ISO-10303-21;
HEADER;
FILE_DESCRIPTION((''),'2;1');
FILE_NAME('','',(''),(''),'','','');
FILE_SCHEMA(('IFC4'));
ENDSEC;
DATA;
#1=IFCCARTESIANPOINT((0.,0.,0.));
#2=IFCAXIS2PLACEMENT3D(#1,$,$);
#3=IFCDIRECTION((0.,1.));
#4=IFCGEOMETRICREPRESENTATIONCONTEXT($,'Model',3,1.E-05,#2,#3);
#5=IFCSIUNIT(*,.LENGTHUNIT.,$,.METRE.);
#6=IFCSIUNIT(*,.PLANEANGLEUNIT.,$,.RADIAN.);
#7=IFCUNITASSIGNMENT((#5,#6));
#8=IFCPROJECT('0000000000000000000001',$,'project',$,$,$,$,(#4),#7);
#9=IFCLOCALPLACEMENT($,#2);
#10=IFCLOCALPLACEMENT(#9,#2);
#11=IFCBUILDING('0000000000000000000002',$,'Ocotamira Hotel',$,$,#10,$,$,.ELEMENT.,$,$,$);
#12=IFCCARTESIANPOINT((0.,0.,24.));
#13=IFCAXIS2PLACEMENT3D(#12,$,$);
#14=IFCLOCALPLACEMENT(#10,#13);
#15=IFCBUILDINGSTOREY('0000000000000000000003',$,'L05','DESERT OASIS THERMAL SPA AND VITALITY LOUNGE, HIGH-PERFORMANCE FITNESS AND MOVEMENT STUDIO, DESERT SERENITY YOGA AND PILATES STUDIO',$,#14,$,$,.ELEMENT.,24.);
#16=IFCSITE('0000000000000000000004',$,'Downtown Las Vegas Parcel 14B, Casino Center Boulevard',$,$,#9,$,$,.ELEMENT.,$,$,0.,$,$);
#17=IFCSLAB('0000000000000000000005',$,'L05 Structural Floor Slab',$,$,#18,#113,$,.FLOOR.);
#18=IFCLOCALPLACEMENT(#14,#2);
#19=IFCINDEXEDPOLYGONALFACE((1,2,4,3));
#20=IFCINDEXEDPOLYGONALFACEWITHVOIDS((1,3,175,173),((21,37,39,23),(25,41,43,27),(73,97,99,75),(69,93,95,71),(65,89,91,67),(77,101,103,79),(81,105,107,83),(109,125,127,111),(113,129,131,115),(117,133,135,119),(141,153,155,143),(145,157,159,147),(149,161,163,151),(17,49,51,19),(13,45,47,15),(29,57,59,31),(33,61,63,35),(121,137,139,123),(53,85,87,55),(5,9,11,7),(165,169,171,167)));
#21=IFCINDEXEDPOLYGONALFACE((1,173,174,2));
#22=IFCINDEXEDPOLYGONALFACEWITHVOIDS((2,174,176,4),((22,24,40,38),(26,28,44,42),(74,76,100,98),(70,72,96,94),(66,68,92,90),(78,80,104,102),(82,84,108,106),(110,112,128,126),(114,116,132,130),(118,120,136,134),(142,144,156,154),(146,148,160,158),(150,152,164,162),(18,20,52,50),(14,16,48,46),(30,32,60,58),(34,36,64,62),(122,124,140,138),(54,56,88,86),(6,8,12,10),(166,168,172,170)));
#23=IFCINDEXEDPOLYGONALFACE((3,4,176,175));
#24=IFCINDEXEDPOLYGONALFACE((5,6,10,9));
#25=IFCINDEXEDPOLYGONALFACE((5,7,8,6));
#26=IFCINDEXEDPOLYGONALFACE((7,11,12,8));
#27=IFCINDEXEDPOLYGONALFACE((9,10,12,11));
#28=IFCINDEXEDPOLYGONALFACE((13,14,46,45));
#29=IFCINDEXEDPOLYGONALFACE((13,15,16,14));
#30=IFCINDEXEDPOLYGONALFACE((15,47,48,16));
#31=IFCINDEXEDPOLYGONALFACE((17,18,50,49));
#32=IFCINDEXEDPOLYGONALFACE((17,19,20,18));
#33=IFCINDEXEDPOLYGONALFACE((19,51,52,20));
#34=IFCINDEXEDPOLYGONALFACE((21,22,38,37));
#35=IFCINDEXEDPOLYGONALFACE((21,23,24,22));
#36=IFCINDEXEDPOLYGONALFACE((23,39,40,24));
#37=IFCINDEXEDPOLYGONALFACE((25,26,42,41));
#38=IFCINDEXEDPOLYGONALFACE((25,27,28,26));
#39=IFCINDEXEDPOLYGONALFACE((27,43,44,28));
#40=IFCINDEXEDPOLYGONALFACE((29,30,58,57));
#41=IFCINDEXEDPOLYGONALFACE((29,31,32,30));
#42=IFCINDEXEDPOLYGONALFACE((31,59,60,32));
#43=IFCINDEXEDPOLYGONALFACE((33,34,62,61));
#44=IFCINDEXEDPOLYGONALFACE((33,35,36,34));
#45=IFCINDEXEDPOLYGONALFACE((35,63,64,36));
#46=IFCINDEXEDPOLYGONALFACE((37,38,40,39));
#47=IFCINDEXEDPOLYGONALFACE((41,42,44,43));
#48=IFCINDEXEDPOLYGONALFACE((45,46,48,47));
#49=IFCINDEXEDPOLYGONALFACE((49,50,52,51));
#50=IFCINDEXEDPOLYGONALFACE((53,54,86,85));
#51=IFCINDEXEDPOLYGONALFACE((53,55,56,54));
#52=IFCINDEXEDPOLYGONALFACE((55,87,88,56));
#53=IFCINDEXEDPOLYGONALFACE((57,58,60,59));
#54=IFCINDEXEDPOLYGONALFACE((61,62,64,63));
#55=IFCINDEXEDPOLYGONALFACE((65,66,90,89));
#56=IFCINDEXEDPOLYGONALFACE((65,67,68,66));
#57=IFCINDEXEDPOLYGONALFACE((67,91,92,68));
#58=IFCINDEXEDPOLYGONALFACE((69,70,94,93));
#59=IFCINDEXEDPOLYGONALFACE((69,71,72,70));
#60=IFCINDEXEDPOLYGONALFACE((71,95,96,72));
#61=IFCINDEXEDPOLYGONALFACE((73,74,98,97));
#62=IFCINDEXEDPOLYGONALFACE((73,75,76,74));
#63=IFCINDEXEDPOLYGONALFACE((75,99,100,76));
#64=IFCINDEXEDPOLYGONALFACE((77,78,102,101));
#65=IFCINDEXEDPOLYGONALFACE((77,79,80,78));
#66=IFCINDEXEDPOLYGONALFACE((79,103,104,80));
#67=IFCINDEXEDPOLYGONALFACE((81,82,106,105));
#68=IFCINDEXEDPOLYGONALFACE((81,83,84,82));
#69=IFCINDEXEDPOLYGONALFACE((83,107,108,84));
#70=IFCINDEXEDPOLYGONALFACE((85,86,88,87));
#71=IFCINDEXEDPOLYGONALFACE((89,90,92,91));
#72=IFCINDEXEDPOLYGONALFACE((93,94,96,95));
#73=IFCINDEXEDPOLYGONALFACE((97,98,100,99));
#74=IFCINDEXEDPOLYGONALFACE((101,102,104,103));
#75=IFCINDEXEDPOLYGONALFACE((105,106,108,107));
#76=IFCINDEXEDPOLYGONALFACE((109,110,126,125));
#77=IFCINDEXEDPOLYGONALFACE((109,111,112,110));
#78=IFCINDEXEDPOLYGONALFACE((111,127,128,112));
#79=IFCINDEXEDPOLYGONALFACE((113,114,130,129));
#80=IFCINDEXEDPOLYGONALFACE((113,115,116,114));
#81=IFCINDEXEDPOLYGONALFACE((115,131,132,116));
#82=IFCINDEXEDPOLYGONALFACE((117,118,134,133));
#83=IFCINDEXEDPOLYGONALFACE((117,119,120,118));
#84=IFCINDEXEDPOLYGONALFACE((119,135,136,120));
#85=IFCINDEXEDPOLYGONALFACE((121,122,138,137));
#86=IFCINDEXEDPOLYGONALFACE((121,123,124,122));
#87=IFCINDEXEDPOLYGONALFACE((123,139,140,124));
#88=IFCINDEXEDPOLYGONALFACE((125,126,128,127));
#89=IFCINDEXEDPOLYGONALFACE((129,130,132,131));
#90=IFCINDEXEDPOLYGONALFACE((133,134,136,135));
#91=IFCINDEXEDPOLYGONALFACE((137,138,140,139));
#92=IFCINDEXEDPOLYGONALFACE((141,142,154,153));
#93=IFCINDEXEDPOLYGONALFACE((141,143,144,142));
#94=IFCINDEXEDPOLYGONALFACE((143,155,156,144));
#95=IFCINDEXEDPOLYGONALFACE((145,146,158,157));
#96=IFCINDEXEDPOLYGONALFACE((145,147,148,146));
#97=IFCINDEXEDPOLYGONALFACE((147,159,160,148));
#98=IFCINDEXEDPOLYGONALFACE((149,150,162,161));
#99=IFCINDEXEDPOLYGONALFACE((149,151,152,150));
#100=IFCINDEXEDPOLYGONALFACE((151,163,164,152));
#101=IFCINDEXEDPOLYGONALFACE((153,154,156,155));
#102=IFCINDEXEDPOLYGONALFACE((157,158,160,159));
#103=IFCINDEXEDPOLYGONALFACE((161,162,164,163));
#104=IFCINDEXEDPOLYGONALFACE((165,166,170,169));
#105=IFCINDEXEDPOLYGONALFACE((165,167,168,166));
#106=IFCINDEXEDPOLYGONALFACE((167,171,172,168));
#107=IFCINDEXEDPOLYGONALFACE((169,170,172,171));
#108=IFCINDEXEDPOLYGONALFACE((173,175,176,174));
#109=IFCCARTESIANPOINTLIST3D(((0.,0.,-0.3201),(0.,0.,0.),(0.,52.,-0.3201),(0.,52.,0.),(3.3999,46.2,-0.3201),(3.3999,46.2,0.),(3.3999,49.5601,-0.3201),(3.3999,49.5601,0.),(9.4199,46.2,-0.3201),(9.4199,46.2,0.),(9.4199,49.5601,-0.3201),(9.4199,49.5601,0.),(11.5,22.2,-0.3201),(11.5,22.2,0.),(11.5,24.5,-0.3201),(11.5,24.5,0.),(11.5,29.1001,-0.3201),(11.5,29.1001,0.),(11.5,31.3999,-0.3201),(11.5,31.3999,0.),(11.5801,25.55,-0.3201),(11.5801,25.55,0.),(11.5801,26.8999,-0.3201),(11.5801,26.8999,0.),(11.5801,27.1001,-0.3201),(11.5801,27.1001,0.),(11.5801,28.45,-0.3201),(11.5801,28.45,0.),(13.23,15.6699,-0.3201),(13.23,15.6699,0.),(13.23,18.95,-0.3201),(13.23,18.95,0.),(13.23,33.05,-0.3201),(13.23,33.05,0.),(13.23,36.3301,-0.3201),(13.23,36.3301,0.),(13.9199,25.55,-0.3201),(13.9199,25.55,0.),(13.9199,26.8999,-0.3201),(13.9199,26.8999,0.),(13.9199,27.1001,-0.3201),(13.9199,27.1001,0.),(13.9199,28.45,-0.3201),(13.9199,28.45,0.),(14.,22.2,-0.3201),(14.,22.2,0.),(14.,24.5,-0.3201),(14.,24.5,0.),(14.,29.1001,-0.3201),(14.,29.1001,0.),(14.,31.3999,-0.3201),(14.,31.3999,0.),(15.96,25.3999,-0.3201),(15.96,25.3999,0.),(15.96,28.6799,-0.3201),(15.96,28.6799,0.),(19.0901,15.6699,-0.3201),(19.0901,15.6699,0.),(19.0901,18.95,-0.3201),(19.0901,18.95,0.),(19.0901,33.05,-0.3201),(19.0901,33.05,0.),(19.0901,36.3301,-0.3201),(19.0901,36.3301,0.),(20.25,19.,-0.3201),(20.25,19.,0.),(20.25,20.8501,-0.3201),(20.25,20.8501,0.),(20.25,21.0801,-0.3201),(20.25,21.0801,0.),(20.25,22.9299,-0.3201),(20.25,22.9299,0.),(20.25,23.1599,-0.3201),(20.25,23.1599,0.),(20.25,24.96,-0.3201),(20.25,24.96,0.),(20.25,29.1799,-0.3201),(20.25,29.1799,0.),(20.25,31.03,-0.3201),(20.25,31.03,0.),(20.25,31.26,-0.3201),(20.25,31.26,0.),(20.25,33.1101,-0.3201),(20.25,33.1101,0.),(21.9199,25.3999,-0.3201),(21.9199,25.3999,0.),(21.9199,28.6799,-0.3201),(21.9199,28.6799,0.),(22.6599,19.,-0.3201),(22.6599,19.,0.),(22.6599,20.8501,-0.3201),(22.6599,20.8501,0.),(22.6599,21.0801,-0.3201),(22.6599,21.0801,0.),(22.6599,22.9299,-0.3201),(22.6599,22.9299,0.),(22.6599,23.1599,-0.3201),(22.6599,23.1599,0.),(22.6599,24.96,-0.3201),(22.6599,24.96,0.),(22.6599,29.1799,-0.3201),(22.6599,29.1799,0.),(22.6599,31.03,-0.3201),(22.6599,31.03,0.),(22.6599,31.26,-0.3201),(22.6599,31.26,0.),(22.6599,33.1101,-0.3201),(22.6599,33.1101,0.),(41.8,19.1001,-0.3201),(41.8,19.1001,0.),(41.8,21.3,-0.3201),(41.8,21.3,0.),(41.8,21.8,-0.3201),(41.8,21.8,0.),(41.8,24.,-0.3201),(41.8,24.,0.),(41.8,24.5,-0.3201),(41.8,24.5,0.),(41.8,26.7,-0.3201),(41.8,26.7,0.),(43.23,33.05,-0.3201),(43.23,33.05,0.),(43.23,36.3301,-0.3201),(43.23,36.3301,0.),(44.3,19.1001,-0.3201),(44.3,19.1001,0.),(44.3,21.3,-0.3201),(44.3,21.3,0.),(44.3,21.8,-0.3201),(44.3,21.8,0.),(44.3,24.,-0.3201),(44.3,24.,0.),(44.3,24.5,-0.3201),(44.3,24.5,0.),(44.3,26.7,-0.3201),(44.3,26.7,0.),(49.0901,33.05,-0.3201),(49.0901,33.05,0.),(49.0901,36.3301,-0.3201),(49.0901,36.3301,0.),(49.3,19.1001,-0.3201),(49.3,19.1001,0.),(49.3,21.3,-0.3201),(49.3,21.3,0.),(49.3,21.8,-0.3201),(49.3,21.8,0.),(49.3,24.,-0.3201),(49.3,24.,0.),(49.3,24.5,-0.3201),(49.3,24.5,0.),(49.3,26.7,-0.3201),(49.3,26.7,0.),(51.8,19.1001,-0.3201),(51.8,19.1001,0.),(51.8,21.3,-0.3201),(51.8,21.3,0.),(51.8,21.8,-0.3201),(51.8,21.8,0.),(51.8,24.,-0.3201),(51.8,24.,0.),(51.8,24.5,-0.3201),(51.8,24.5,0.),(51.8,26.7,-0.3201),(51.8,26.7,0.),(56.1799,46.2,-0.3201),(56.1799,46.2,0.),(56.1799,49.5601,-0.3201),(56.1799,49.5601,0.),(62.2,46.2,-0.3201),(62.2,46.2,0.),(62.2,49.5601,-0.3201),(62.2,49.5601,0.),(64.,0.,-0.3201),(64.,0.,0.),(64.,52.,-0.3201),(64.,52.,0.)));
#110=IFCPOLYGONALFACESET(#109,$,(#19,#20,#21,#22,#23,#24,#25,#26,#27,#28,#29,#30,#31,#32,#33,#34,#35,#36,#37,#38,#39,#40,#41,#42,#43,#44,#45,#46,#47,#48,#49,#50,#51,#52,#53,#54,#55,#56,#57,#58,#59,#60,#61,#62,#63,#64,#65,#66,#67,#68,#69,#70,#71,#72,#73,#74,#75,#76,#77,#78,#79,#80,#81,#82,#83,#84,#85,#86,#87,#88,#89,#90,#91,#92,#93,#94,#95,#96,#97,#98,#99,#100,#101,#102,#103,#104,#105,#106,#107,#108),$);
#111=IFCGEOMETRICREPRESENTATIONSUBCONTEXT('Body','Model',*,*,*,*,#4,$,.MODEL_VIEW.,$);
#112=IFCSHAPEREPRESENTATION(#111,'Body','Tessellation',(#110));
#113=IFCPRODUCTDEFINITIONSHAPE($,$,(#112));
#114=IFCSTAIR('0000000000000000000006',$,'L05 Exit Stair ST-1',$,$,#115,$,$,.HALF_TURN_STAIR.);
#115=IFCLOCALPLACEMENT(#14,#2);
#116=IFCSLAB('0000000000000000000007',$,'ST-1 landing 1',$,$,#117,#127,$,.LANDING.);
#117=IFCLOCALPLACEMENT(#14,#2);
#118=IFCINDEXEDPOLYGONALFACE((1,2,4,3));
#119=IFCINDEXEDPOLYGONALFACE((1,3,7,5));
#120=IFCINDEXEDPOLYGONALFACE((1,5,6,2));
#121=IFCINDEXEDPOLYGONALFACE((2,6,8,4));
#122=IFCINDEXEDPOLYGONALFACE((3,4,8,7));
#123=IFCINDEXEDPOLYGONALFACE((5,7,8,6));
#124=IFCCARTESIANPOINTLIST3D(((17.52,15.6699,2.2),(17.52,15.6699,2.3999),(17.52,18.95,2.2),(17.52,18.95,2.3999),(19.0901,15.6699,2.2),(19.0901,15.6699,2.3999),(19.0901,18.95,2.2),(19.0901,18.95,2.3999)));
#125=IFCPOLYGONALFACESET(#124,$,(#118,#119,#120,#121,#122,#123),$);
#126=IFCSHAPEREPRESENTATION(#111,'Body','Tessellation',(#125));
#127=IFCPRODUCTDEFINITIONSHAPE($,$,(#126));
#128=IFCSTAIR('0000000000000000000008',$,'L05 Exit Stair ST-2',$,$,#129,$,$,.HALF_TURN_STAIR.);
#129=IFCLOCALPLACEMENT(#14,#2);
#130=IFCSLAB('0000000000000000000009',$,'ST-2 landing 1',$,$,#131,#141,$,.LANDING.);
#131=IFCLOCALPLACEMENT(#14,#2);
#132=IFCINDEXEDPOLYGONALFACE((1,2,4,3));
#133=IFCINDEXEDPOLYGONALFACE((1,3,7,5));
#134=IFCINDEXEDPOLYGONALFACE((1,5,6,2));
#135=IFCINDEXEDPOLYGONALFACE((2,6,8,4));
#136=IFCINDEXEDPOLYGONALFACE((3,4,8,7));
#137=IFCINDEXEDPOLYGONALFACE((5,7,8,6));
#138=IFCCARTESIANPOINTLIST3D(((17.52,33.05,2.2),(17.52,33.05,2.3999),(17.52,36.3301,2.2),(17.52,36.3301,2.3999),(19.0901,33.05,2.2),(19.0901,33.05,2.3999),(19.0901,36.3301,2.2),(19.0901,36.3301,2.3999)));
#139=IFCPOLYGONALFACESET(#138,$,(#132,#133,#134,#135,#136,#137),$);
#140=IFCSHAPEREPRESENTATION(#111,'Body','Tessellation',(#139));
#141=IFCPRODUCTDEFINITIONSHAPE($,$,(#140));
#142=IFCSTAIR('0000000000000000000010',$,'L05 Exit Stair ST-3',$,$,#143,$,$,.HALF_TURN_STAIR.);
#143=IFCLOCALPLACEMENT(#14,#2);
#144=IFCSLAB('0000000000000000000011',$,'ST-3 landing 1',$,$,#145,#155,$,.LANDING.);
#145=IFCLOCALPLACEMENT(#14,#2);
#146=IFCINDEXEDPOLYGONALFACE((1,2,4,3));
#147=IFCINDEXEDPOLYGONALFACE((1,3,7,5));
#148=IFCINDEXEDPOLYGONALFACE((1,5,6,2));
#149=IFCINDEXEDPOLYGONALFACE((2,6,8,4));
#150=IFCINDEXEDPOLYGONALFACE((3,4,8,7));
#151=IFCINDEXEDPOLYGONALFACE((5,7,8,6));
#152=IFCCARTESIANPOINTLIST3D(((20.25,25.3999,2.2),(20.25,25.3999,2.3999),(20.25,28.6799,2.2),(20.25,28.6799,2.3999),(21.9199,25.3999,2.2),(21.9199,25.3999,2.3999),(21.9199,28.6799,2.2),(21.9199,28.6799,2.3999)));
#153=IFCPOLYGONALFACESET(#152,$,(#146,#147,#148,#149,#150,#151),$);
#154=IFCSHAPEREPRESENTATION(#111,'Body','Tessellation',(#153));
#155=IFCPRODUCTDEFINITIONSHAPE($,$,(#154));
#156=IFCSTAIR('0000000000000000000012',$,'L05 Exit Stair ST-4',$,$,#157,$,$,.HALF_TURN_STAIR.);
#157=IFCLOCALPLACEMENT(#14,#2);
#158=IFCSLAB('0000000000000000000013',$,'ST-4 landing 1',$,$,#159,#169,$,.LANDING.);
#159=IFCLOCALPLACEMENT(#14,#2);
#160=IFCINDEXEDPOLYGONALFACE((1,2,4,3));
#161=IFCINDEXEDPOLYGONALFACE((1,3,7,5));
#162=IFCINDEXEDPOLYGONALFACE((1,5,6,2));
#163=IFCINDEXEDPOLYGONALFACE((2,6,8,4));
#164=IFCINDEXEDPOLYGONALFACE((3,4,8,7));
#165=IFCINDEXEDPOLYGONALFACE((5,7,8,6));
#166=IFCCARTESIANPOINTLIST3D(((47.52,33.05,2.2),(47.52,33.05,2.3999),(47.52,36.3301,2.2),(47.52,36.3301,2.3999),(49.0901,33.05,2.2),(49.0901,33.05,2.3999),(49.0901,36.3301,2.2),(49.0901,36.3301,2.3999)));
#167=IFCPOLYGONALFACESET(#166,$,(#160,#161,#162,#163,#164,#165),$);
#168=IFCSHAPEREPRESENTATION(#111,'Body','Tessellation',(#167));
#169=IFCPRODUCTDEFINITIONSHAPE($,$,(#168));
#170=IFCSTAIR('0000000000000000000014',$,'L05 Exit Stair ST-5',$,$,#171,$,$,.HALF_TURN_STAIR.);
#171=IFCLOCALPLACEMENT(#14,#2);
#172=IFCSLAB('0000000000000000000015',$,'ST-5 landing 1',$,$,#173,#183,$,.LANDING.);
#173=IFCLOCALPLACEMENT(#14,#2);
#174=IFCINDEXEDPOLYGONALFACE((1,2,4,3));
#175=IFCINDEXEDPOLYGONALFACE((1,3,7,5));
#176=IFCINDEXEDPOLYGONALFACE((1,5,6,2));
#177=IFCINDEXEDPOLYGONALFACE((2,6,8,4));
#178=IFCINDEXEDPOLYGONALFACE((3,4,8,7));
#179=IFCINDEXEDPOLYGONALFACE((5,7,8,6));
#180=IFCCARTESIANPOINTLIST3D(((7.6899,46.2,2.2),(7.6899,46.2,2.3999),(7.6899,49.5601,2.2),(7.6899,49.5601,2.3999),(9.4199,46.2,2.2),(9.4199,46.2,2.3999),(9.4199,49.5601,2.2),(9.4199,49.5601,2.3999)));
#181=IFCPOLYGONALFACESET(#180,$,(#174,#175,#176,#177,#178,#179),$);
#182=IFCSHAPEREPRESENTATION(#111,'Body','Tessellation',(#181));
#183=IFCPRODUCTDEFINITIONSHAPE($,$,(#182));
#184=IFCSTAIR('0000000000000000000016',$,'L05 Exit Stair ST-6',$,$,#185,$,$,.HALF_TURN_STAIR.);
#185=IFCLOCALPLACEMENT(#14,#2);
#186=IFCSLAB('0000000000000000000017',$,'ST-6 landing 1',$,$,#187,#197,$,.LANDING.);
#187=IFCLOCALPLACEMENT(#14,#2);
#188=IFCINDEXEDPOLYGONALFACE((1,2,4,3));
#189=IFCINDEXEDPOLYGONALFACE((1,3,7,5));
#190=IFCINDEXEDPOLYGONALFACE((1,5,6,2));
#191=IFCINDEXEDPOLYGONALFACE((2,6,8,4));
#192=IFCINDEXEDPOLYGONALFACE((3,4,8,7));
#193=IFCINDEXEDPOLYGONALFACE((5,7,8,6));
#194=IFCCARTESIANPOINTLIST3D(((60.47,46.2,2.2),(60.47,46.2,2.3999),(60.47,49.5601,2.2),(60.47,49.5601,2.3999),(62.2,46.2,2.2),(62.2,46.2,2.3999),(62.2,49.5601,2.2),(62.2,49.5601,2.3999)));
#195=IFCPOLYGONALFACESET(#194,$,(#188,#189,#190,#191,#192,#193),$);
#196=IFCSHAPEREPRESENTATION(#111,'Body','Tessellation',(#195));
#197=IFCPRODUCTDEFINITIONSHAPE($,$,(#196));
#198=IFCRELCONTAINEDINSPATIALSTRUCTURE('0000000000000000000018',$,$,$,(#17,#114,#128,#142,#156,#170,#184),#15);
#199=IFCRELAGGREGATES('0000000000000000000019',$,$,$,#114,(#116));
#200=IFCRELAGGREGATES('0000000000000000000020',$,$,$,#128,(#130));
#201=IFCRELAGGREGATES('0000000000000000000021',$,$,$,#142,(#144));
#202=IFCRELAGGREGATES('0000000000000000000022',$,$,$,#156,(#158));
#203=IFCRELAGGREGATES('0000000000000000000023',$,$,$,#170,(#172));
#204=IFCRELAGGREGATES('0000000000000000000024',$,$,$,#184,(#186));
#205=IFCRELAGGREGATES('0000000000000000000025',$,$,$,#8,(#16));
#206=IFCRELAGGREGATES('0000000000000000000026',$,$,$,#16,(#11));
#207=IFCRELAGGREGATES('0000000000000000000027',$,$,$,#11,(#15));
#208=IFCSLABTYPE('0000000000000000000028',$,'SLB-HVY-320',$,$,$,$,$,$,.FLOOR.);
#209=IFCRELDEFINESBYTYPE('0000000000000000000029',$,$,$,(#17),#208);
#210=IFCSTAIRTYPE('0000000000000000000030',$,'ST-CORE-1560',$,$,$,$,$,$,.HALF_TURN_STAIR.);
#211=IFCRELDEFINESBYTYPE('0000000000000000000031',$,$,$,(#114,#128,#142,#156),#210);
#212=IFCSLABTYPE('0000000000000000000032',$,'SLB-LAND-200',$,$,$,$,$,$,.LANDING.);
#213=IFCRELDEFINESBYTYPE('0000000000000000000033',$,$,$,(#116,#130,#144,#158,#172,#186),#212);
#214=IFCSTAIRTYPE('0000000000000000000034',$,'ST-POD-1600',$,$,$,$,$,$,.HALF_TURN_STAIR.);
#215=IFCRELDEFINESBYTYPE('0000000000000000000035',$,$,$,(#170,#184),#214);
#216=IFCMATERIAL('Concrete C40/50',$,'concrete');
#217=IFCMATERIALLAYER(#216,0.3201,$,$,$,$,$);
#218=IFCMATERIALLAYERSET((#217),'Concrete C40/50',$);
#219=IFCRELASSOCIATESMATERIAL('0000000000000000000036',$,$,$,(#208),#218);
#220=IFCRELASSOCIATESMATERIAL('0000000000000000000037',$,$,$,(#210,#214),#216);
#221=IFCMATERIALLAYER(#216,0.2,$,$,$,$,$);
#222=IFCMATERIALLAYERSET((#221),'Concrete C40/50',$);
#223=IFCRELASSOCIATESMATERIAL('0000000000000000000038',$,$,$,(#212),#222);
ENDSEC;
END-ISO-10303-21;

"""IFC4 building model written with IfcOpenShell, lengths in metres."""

from ifc_helpers import new_model, si_unit, direction, frame, origin, place, context, subcontext, project, spatial, polyline, outline, extrude, material, layer, layer_set, type_object, element, aggregate, save


model = new_model("IFC4")

# Units and contexts
model_context = context("Model", 3, precision=1e-05, world=origin(), true_north=direction((0.0, 1.0)))
body_context = subcontext(model_context, "Body", "Model", "MODEL_VIEW")
ifc_project = project(units=[si_unit("LENGTHUNIT", "METRE"), si_unit("PLANEANGLEUNIT", "RADIAN")], contexts=[model_context])

# Site, building, storey
site_placement = place(None, origin())
site = spatial("IfcSite", under=ifc_project, at=site_placement, Name="Downtown Las Vegas Parcel 14B, Casino Center Boulevard", CompositionType="ELEMENT", RefElevation=0.0)
building_placement = place(site_placement, origin())
building = spatial("IfcBuilding", under=site, at=building_placement, Name="Ocotamira Hotel", CompositionType="ELEMENT")
storey_placement = place(building_placement, frame((0.0, 0.0, 24.0)))
storey = spatial("IfcBuildingStorey", under=building, at=storey_placement, Name="L05", Description="DESERT OASIS THERMAL SPA AND VITALITY LOUNGE, HIGH-PERFORMANCE FITNESS AND MOVEMENT STUDIO, DESERT SERENITY YOGA AND PILATES STUDIO", CompositionType="ELEMENT", Elevation=24.0)

# Slab
ifc_material_1 = material(Name="Concrete C40/50", Category="concrete")
ifc_layer_1 = layer(ifc_material_1, 0.3201)
ifc_layer_set_1 = layer_set([ifc_layer_1], Name="Concrete C40/50")
slab_type_1 = type_object("IfcSlabType", Name="SLB-HVY-320", PredefinedType="FLOOR", material=ifc_layer_set_1)
slab_1_placement = place(storey_placement, frame((0.0, 0.0, -0.3201)))
element("IfcSlab", 1, at=slab_1_placement, inside=storey, type_object=slab_type_1, Name="L05 Structural Floor Slab", PredefinedType="FLOOR", context=body_context, shape_type="SweptSolid", body=[
    extrude(outline(polyline([(0.0, 0.0), (64.0, 0.0), (64.0, 52.0), (0.0, 52.0), (0.0, 0.0)]), holes=[polyline([(13.23, 15.6699), (19.0901, 15.6699), (19.0901, 18.95), (13.23, 18.95), (13.23, 15.6699)]), polyline([(13.23, 33.05), (19.0901, 33.05), (19.0901, 36.3301), (13.23, 36.3301), (13.23, 33.05)]), polyline([(15.96, 25.3999), (21.9199, 25.3999), (21.9199, 28.6799), (15.96, 28.6799), (15.96, 25.3999)]), polyline([(43.23, 33.05), (49.0901, 33.05), (49.0901, 36.3301), (43.23, 36.3301), (43.23, 33.05)]), polyline([(3.3999, 46.2), (9.4199, 46.2), (9.4199, 49.5601), (3.3999, 49.5601), (3.3999, 46.2)]), polyline([(56.1799, 46.2), (62.2, 46.2), (62.2, 49.5601), (56.1799, 49.5601), (56.1799, 46.2)]), polyline([(49.3, 19.1001), (51.8, 19.1001), (51.8, 21.3), (49.3, 21.3), (49.3, 19.1001)]), polyline([(49.3, 21.8), (51.8, 21.8), (51.8, 24.0), (49.3, 24.0), (49.3, 21.8)]), polyline([(49.3, 24.5), (51.8, 24.5), (51.8, 26.7), (49.3, 26.7), (49.3, 24.5)]), polyline([(41.8, 19.1001), (44.3, 19.1001), (44.3, 21.3), (41.8, 21.3), (41.8, 19.1001)]), polyline([(41.8, 21.8), (44.3, 21.8), (44.3, 24.0), (41.8, 24.0), (41.8, 21.8)]), polyline([(41.8, 24.5), (44.3, 24.5), (44.3, 26.7), (41.8, 26.7), (41.8, 24.5)]), polyline([(20.25, 19.0), (22.6599, 19.0), (22.6599, 20.8501), (20.25, 20.8501), (20.25, 19.0)]), polyline([(20.25, 21.0801), (22.6599, 21.0801), (22.6599, 22.9299), (20.25, 22.9299), (20.25, 21.0801)]), polyline([(20.25, 23.1599), (22.6599, 23.1599), (22.6599, 24.96), (20.25, 24.96), (20.25, 23.1599)]), polyline([(20.25, 29.1799), (22.6599, 29.1799), (22.6599, 31.03), (20.25, 31.03), (20.25, 29.1799)]), polyline([(20.25, 31.26), (22.6599, 31.26), (22.6599, 33.1101), (20.25, 33.1101), (20.25, 31.26)]), polyline([(11.5, 22.2), (14.0, 22.2), (14.0, 24.5), (11.5, 24.5), (11.5, 22.2)]), polyline([(11.5, 29.1001), (14.0, 29.1001), (14.0, 31.3999), (11.5, 31.3999), (11.5, 29.1001)]), polyline([(11.5801, 25.55), (13.9199, 25.55), (13.9199, 26.8999), (11.5801, 26.8999), (11.5801, 25.55)]), polyline([(11.5801, 27.1001), (13.9199, 27.1001), (13.9199, 28.45), (11.5801, 28.45), (11.5801, 27.1001)])]), origin(), (0.0, 0.0, 1.0), 0.3201),
])

# Stairs, slabs
stair_type_1 = type_object("IfcStairType", Name="ST-CORE-1560", PredefinedType="HALF_TURN_STAIR", material=ifc_material_1)
stair_1_placement = place(storey_placement, origin())
stair_1 = element("IfcStair", 2, at=stair_1_placement, inside=storey, type_object=stair_type_1, Name="L05 Exit Stair ST-1", PredefinedType="HALF_TURN_STAIR")
ifc_layer_2 = layer(ifc_material_1, 0.2)
ifc_layer_set_2 = layer_set([ifc_layer_2], Name="Concrete C40/50")
slab_type_2 = type_object("IfcSlabType", Name="SLB-LAND-200", PredefinedType="LANDING", material=ifc_layer_set_2)
slab_2_placement = place(storey_placement, frame((0.0, 0.0, 2.2)))
slab_2 = element("IfcSlab", 3, at=slab_2_placement, type_object=slab_type_2, Name="ST-1 landing 1", PredefinedType="LANDING", context=body_context, shape_type="SweptSolid", body=[
    extrude(outline(polyline([(17.52, 15.6699), (19.0901, 15.6699), (19.0901, 18.95), (17.52, 18.95), (17.52, 15.6699)])), origin(), (0.0, 0.0, 1.0), 0.2),
])
aggregate(stair_1, [slab_2])
stair_2_placement = place(storey_placement, origin())
stair_2 = element("IfcStair", 4, at=stair_2_placement, inside=storey, type_object=stair_type_1, Name="L05 Exit Stair ST-2", PredefinedType="HALF_TURN_STAIR")
slab_3_placement = place(storey_placement, frame((0.0, 0.0, 2.2)))
slab_3 = element("IfcSlab", 5, at=slab_3_placement, type_object=slab_type_2, Name="ST-2 landing 1", PredefinedType="LANDING", context=body_context, shape_type="SweptSolid", body=[
    extrude(outline(polyline([(17.52, 33.05), (19.0901, 33.05), (19.0901, 36.3301), (17.52, 36.3301), (17.52, 33.05)])), origin(), (0.0, 0.0, 1.0), 0.2),
])
aggregate(stair_2, [slab_3])
stair_3_placement = place(storey_placement, origin())
stair_3 = element("IfcStair", 6, at=stair_3_placement, inside=storey, type_object=stair_type_1, Name="L05 Exit Stair ST-3", PredefinedType="HALF_TURN_STAIR")
slab_4_placement = place(storey_placement, frame((0.0, 0.0, 2.2)))
slab_4 = element("IfcSlab", 7, at=slab_4_placement, type_object=slab_type_2, Name="ST-3 landing 1", PredefinedType="LANDING", context=body_context, shape_type="SweptSolid", body=[
    extrude(outline(polyline([(20.25, 25.3999), (21.9199, 25.3999), (21.9199, 28.6799), (20.25, 28.6799), (20.25, 25.3999)])), origin(), (0.0, 0.0, 1.0), 0.2),
])
aggregate(stair_3, [slab_4])
stair_4_placement = place(storey_placement, origin())
stair_4 = element("IfcStair", 8, at=stair_4_placement, inside=storey, type_object=stair_type_1, Name="L05 Exit Stair ST-4", PredefinedType="HALF_TURN_STAIR")
slab_5_placement = place(storey_placement, frame((0.0, 0.0, 2.2)))
slab_5 = element("IfcSlab", 9, at=slab_5_placement, type_object=slab_type_2, Name="ST-4 landing 1", PredefinedType="LANDING", context=body_context, shape_type="SweptSolid", body=[
    extrude(outline(polyline([(47.52, 33.05), (49.0901, 33.05), (49.0901, 36.3301), (47.52, 36.3301), (47.52, 33.05)])), origin(), (0.0, 0.0, 1.0), 0.2),
])
aggregate(stair_4, [slab_5])
stair_type_2 = type_object("IfcStairType", Name="ST-POD-1600", PredefinedType="HALF_TURN_STAIR", material=ifc_material_1)
stair_5_placement = place(storey_placement, origin())
stair_5 = element("IfcStair", 10, at=stair_5_placement, inside=storey, type_object=stair_type_2, Name="L05 Exit Stair ST-5", PredefinedType="HALF_TURN_STAIR")
slab_6_placement = place(storey_placement, frame((0.0, 0.0, 2.2)))
slab_6 = element("IfcSlab", 11, at=slab_6_placement, type_object=slab_type_2, Name="ST-5 landing 1", PredefinedType="LANDING", context=body_context, shape_type="SweptSolid", body=[
    extrude(outline(polyline([(7.6899, 46.2), (9.4199, 46.2), (9.4199, 49.5601), (7.6899, 49.5601), (7.6899, 46.2)])), origin(), (0.0, 0.0, 1.0), 0.2),
])
aggregate(stair_5, [slab_6])
stair_6_placement = place(storey_placement, origin())
stair_6 = element("IfcStair", 12, at=stair_6_placement, inside=storey, type_object=stair_type_2, Name="L05 Exit Stair ST-6", PredefinedType="HALF_TURN_STAIR")
slab_7_placement = place(storey_placement, frame((0.0, 0.0, 2.2)))
slab_7 = element("IfcSlab", 13, at=slab_7_placement, type_object=slab_type_2, Name="ST-6 landing 1", PredefinedType="LANDING", context=body_context, shape_type="SweptSolid", body=[
    extrude(outline(polyline([(60.47, 46.2), (62.2, 46.2), (62.2, 49.5601), (60.47, 49.5601), (60.47, 46.2)])), origin(), (0.0, 0.0, 1.0), 0.2),
])
aggregate(stair_6, [slab_7])

save(model, "model.ifc")
